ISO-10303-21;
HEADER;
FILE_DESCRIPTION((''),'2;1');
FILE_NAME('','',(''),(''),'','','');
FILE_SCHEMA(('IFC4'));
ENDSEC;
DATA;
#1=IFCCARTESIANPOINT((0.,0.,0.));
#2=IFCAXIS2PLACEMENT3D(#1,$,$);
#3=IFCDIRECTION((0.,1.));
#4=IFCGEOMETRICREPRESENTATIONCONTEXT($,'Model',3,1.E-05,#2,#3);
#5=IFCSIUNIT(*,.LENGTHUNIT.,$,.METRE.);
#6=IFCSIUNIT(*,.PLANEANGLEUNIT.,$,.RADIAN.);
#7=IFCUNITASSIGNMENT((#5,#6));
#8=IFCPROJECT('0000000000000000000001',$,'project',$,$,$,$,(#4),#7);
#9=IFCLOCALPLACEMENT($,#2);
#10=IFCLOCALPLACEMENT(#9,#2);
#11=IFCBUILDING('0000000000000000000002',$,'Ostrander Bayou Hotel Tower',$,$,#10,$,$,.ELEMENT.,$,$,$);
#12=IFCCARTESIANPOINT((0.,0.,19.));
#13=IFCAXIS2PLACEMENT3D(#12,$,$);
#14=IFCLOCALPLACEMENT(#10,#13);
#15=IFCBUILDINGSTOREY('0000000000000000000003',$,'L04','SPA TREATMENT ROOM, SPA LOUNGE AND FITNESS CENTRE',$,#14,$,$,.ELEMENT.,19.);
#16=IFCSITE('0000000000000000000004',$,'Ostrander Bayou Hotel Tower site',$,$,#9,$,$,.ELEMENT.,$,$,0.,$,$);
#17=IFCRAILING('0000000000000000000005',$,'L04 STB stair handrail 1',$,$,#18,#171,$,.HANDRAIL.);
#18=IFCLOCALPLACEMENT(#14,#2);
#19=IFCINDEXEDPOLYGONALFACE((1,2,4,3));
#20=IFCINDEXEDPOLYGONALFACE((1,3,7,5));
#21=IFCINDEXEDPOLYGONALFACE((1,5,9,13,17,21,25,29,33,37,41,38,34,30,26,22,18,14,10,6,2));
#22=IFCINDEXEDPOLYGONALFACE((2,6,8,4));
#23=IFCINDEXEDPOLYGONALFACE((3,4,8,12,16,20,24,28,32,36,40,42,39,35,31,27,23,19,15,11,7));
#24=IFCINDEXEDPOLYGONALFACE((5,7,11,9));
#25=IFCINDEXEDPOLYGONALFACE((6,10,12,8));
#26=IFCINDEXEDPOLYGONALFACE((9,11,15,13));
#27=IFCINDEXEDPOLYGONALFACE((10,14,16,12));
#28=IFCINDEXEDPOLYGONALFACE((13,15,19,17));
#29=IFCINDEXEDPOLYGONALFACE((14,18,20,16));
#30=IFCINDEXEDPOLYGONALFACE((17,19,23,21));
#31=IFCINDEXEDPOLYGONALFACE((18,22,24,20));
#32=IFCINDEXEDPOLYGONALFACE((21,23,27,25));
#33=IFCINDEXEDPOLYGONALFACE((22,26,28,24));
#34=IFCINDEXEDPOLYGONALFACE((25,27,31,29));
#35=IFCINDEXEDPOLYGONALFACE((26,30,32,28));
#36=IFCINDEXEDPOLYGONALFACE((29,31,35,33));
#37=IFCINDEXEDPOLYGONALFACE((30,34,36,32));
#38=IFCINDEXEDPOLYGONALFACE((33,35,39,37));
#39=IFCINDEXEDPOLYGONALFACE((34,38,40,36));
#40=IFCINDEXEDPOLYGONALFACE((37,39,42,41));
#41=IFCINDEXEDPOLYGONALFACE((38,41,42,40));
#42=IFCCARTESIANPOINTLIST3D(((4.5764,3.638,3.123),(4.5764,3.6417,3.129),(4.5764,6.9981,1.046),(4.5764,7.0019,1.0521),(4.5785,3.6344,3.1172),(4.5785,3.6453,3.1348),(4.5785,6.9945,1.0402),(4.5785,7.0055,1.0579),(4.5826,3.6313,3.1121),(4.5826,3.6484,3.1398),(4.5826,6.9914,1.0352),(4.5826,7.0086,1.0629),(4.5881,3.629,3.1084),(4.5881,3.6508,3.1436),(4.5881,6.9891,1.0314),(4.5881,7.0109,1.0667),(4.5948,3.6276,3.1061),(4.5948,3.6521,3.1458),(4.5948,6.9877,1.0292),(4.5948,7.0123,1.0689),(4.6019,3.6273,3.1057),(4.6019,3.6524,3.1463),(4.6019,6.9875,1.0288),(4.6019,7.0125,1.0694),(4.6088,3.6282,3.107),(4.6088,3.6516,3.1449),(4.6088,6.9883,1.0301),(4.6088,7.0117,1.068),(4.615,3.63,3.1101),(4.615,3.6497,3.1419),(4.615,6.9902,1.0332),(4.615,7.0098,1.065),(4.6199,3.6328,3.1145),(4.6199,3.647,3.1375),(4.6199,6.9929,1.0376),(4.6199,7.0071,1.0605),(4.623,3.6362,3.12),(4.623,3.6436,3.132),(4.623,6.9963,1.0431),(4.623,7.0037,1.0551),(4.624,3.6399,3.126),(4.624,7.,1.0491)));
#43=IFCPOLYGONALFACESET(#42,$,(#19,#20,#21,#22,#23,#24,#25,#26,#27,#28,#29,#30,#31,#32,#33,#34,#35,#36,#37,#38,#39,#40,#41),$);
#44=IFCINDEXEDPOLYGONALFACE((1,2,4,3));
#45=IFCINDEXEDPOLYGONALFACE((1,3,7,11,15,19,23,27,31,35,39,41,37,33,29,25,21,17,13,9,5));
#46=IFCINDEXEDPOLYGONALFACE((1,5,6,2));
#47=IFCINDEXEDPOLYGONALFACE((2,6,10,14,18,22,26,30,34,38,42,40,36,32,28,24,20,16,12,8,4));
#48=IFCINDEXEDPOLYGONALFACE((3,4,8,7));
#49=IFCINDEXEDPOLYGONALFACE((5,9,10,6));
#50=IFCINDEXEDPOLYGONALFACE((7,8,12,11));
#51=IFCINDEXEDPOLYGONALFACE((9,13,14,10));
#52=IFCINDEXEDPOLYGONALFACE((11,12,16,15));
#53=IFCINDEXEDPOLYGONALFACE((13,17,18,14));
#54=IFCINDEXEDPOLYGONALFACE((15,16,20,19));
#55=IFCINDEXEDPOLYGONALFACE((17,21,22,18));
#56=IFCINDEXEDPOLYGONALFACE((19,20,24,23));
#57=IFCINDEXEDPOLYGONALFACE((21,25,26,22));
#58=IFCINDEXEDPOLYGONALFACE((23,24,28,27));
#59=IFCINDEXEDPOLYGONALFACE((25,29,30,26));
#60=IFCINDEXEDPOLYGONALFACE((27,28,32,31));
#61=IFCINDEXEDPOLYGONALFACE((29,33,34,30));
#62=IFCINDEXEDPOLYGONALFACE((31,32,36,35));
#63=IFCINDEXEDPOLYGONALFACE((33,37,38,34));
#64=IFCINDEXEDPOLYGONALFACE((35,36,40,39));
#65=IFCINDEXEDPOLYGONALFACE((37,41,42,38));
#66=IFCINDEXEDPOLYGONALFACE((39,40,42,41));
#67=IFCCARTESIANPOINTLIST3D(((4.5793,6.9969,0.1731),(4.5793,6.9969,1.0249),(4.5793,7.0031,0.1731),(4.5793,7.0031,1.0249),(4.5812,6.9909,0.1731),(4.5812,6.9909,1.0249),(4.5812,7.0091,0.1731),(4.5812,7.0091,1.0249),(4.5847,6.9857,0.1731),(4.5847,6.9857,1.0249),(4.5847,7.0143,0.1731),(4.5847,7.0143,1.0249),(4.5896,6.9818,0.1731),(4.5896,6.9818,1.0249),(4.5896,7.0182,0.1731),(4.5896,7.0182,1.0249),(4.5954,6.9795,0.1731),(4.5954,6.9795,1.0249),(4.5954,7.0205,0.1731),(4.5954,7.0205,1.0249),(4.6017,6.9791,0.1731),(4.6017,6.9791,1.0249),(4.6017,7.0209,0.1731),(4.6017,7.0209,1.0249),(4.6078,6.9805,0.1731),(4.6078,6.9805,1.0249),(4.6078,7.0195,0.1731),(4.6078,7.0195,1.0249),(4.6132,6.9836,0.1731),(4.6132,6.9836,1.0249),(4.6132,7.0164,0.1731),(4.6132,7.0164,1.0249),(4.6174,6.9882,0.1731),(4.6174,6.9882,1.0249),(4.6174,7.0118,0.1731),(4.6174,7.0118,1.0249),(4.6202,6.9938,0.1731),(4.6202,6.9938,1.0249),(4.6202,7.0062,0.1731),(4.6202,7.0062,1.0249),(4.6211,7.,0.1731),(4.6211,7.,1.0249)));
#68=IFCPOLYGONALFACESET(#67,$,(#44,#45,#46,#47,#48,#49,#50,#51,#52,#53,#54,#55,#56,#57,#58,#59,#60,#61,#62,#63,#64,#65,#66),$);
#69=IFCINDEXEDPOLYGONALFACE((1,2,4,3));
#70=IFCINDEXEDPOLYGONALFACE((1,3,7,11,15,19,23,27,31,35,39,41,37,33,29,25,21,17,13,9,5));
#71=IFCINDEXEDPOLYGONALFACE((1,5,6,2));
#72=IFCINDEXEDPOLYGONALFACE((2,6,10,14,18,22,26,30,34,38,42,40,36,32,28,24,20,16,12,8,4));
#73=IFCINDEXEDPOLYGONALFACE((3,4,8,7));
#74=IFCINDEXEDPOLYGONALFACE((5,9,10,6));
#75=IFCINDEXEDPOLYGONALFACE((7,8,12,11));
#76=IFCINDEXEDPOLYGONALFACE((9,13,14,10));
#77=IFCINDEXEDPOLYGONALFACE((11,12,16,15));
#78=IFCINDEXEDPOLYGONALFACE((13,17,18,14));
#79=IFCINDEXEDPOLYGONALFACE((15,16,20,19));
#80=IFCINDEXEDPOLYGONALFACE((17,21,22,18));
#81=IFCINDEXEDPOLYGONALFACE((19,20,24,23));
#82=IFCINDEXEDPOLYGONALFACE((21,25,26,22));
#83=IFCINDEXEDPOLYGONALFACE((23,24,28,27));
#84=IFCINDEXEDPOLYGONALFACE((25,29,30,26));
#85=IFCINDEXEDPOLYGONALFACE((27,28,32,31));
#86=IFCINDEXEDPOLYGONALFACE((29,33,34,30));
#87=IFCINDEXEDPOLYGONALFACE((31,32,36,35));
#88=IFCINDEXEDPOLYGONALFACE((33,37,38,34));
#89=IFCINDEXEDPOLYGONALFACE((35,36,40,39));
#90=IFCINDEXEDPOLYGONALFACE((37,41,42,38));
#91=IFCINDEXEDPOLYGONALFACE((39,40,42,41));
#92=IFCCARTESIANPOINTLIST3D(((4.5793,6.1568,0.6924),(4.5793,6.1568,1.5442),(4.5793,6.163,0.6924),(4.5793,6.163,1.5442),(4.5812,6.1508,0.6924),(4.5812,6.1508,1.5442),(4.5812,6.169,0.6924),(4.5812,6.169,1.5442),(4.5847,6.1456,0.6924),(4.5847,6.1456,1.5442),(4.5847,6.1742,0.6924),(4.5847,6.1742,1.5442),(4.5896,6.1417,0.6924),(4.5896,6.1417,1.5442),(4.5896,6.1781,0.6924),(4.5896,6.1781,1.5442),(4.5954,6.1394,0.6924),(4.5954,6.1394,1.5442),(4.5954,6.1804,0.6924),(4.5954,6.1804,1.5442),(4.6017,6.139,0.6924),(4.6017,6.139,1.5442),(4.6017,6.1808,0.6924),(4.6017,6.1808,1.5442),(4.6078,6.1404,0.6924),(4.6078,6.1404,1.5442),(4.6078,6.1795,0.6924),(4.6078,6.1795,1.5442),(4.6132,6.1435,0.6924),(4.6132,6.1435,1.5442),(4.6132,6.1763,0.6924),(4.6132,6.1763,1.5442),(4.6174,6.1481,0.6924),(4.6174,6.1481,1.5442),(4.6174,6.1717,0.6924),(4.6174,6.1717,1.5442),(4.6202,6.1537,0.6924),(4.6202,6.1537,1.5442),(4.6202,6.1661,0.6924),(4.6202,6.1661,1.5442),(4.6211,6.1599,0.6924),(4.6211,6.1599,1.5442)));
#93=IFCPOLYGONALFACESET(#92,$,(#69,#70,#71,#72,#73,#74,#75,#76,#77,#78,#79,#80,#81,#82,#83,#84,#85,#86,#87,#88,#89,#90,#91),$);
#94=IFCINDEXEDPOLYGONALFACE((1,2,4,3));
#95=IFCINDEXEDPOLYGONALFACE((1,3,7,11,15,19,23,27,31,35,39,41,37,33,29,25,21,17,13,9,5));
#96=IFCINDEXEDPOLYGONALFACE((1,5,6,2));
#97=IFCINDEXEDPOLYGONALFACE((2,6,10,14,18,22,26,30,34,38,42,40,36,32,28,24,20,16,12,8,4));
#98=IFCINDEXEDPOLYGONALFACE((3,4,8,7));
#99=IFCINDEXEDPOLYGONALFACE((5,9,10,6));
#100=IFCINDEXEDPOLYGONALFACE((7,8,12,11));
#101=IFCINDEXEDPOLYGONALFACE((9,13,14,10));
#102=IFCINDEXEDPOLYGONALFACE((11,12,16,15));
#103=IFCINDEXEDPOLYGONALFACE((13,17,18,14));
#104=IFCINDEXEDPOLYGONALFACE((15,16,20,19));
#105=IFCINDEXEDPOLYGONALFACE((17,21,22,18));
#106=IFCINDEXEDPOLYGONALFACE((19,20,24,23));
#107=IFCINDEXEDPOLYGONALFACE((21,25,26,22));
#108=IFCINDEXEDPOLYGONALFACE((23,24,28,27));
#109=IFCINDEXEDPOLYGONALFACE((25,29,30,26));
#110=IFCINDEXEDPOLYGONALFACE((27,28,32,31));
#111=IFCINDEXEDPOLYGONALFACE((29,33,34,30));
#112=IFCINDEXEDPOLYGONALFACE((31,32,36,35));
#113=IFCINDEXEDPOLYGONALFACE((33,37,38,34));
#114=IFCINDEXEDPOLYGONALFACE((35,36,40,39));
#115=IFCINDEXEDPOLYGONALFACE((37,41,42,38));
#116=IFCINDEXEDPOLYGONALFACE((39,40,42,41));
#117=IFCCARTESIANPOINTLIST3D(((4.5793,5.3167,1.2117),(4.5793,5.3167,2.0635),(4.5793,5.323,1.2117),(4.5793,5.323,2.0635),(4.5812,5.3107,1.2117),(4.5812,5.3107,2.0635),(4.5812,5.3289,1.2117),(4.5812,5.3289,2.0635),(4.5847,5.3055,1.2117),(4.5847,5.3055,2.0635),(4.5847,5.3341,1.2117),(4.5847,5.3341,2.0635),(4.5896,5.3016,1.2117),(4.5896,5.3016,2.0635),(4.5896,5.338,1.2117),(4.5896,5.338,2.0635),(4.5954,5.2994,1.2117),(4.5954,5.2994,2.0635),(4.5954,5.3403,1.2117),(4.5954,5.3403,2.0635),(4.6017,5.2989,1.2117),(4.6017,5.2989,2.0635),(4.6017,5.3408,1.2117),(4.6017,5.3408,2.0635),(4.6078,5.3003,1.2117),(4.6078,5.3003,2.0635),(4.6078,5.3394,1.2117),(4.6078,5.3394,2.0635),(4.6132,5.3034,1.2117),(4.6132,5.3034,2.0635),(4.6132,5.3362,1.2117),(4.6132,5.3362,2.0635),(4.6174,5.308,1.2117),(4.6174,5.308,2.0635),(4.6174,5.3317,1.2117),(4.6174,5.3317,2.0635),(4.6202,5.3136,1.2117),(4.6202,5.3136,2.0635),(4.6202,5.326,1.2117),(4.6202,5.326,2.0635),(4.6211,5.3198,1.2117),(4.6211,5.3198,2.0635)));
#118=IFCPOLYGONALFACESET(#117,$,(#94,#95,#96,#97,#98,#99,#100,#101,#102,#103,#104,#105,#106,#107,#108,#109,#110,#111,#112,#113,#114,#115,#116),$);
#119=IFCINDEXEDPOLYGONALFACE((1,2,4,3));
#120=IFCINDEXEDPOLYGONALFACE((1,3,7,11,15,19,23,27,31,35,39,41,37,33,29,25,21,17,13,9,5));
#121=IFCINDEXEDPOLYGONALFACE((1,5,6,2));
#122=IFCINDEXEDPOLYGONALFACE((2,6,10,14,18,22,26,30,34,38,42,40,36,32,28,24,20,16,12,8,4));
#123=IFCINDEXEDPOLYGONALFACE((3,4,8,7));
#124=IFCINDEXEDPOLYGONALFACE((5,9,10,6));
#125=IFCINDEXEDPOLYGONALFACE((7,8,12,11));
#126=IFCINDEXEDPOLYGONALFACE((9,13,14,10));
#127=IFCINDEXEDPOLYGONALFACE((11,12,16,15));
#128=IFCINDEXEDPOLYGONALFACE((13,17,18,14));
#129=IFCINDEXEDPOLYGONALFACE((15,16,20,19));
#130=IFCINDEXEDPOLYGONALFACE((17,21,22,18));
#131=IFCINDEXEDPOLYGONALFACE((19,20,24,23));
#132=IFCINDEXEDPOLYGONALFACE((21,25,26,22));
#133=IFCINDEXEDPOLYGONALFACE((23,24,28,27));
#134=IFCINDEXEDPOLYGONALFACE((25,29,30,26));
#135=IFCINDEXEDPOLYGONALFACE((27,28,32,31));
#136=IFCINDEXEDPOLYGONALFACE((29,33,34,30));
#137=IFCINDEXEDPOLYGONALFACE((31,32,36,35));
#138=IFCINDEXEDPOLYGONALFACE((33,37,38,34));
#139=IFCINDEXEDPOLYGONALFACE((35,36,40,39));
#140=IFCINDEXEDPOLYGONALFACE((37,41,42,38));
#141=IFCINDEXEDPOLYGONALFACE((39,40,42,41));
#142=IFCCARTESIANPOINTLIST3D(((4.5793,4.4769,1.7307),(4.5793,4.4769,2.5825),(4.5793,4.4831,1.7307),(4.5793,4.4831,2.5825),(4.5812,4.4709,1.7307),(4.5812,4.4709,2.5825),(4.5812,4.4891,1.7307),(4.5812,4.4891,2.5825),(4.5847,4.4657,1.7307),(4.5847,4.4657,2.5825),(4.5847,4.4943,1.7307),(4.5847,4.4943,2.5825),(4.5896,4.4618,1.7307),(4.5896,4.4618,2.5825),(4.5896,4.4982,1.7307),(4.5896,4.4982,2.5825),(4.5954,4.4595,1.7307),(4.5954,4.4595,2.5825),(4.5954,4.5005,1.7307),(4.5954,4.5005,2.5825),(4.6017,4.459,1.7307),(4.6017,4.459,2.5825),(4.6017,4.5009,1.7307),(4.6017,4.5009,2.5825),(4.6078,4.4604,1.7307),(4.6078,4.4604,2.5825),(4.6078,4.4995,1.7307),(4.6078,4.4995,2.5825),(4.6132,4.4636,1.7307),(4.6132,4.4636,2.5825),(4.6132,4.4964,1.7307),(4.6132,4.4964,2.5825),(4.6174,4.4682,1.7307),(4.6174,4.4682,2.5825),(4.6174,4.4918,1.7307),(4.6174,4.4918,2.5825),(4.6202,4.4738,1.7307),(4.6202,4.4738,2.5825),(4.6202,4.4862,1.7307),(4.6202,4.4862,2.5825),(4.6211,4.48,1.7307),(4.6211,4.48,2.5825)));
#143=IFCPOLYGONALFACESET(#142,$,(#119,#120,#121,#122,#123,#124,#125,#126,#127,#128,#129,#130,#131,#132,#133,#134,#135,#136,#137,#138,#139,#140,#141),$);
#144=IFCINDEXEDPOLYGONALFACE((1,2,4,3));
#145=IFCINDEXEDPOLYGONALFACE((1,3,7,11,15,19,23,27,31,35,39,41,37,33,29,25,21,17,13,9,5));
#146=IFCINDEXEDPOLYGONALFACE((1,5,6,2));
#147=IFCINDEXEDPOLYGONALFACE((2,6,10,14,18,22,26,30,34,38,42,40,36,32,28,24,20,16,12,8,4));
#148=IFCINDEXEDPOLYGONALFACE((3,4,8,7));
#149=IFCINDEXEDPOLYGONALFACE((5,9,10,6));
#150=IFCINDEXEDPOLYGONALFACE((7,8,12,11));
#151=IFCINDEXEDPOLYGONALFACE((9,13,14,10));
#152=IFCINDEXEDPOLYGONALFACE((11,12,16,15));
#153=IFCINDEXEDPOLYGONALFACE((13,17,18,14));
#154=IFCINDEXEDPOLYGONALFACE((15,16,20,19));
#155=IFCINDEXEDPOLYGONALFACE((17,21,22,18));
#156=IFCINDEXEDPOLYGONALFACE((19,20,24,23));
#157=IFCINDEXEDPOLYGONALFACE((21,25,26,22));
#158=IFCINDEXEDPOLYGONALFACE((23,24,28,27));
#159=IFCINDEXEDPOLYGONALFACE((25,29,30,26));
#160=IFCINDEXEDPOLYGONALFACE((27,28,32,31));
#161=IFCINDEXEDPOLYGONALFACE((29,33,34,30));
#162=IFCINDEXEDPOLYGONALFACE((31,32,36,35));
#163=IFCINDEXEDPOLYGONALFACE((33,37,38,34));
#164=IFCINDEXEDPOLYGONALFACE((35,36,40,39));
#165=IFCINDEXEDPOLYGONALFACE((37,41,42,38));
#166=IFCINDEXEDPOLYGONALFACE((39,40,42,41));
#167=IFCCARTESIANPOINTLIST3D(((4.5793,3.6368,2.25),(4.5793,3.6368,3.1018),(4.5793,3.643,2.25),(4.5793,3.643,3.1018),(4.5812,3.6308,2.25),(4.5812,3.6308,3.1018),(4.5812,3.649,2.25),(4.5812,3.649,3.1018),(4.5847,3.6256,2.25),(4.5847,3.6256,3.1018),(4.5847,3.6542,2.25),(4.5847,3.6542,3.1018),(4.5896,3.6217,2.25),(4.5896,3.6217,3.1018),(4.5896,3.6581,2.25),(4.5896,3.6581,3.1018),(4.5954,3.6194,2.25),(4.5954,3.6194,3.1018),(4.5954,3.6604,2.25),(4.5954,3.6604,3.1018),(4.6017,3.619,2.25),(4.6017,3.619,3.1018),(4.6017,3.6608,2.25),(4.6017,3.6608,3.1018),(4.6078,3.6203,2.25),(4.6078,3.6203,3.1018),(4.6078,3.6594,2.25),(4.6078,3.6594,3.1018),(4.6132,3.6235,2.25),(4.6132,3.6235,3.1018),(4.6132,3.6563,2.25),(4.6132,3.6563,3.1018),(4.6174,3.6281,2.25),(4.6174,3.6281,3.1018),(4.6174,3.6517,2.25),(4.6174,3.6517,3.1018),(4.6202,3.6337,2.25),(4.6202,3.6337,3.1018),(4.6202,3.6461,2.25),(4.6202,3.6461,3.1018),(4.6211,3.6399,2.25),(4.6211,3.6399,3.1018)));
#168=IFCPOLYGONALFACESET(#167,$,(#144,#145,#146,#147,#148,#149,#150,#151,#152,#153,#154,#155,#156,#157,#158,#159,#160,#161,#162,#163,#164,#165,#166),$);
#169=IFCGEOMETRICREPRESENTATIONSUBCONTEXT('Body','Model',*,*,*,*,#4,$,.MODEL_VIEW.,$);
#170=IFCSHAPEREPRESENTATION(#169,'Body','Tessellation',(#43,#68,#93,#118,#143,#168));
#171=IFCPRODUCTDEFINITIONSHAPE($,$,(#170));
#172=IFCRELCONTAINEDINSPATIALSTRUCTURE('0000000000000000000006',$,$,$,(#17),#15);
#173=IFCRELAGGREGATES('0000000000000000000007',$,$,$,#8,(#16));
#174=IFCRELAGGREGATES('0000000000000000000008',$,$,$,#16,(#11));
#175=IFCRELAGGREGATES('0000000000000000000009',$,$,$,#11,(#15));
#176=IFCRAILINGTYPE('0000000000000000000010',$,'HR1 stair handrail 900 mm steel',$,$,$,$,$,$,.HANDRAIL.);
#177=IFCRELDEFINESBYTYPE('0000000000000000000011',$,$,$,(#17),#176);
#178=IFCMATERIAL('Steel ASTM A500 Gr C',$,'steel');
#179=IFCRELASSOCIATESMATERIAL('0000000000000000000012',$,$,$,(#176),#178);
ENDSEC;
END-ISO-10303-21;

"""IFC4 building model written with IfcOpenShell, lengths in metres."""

from ifc_helpers import new_model, si_unit, direction, frame, origin, origin_2d, place, context, subcontext, project, spatial, circle, extrude, material, type_object, element, save


model = new_model("IFC4")

# Units and contexts
model_context = context("Model", 3, precision=1e-05, world=origin(), true_north=direction((0.0, 1.0)))
body_context = subcontext(model_context, "Body", "Model", "MODEL_VIEW")
ifc_project = project(units=[si_unit("LENGTHUNIT", "METRE"), si_unit("PLANEANGLEUNIT", "RADIAN")], contexts=[model_context])

# Site, building, storey
site_placement = place(None, origin())
site = spatial("IfcSite", under=ifc_project, at=site_placement, Name="Ostrander Bayou Hotel Tower site", CompositionType="ELEMENT", RefElevation=0.0)
building_placement = place(site_placement, origin())
building = spatial("IfcBuilding", under=site, at=building_placement, Name="Ostrander Bayou Hotel Tower", CompositionType="ELEMENT")
storey_placement = place(building_placement, frame((0.0, 0.0, 19.0)))
storey = spatial("IfcBuildingStorey", under=building, at=storey_placement, Name="L04", Description="SPA TREATMENT ROOM, SPA LOUNGE AND FITNESS CENTRE", CompositionType="ELEMENT", Elevation=19.0)

# Railing
ifc_material_1 = material(Name="Steel ASTM A500 Gr C", Category="steel")
railing_type_1 = type_object("IfcRailingType", Name="HR1 stair handrail 900 mm steel", PredefinedType="HANDRAIL", material=ifc_material_1)
railing_1_placement = place(storey_placement, frame((4.6001, 7.0, 0.1731)))
element("IfcRailing", 1, at=railing_1_placement, inside=storey, type_object=railing_type_1, Name="L04 STB stair handrail 1", PredefinedType="HANDRAIL", context=body_context, shape_type="SweptSolid", body=[
    extrude(circle(Radius=0.0239, at=origin_2d()), frame((0.0, 0.0, 0.876), z_axis=(0.0, -0.850623, 0.525776), x_axis=(1.0, 0.0, 0.0)), (0.0, 0.0, 1.0), 3.9502),
    extrude(circle(Radius=0.021, at=origin_2d()), origin(), (0.0, 0.0, 1.0), 0.8518),
    extrude(circle(Radius=0.021, at=origin_2d()), frame((0.0, -0.8401, 0.5193)), (0.0, 0.0, 1.0), 0.8518),
    extrude(circle(Radius=0.021, at=origin_2d()), frame((0.0, -1.6802, 1.0386)), (0.0, 0.0, 1.0), 0.8518),
    extrude(circle(Radius=0.021, at=origin_2d()), frame((0.0, -2.52, 1.5576)), (0.0, 0.0, 1.0), 0.8518),
    extrude(circle(Radius=0.021, at=origin_2d()), frame((0.0, -3.3601, 2.0769)), (0.0, 0.0, 1.0), 0.8518),
])

save(model, "model.ifc")
